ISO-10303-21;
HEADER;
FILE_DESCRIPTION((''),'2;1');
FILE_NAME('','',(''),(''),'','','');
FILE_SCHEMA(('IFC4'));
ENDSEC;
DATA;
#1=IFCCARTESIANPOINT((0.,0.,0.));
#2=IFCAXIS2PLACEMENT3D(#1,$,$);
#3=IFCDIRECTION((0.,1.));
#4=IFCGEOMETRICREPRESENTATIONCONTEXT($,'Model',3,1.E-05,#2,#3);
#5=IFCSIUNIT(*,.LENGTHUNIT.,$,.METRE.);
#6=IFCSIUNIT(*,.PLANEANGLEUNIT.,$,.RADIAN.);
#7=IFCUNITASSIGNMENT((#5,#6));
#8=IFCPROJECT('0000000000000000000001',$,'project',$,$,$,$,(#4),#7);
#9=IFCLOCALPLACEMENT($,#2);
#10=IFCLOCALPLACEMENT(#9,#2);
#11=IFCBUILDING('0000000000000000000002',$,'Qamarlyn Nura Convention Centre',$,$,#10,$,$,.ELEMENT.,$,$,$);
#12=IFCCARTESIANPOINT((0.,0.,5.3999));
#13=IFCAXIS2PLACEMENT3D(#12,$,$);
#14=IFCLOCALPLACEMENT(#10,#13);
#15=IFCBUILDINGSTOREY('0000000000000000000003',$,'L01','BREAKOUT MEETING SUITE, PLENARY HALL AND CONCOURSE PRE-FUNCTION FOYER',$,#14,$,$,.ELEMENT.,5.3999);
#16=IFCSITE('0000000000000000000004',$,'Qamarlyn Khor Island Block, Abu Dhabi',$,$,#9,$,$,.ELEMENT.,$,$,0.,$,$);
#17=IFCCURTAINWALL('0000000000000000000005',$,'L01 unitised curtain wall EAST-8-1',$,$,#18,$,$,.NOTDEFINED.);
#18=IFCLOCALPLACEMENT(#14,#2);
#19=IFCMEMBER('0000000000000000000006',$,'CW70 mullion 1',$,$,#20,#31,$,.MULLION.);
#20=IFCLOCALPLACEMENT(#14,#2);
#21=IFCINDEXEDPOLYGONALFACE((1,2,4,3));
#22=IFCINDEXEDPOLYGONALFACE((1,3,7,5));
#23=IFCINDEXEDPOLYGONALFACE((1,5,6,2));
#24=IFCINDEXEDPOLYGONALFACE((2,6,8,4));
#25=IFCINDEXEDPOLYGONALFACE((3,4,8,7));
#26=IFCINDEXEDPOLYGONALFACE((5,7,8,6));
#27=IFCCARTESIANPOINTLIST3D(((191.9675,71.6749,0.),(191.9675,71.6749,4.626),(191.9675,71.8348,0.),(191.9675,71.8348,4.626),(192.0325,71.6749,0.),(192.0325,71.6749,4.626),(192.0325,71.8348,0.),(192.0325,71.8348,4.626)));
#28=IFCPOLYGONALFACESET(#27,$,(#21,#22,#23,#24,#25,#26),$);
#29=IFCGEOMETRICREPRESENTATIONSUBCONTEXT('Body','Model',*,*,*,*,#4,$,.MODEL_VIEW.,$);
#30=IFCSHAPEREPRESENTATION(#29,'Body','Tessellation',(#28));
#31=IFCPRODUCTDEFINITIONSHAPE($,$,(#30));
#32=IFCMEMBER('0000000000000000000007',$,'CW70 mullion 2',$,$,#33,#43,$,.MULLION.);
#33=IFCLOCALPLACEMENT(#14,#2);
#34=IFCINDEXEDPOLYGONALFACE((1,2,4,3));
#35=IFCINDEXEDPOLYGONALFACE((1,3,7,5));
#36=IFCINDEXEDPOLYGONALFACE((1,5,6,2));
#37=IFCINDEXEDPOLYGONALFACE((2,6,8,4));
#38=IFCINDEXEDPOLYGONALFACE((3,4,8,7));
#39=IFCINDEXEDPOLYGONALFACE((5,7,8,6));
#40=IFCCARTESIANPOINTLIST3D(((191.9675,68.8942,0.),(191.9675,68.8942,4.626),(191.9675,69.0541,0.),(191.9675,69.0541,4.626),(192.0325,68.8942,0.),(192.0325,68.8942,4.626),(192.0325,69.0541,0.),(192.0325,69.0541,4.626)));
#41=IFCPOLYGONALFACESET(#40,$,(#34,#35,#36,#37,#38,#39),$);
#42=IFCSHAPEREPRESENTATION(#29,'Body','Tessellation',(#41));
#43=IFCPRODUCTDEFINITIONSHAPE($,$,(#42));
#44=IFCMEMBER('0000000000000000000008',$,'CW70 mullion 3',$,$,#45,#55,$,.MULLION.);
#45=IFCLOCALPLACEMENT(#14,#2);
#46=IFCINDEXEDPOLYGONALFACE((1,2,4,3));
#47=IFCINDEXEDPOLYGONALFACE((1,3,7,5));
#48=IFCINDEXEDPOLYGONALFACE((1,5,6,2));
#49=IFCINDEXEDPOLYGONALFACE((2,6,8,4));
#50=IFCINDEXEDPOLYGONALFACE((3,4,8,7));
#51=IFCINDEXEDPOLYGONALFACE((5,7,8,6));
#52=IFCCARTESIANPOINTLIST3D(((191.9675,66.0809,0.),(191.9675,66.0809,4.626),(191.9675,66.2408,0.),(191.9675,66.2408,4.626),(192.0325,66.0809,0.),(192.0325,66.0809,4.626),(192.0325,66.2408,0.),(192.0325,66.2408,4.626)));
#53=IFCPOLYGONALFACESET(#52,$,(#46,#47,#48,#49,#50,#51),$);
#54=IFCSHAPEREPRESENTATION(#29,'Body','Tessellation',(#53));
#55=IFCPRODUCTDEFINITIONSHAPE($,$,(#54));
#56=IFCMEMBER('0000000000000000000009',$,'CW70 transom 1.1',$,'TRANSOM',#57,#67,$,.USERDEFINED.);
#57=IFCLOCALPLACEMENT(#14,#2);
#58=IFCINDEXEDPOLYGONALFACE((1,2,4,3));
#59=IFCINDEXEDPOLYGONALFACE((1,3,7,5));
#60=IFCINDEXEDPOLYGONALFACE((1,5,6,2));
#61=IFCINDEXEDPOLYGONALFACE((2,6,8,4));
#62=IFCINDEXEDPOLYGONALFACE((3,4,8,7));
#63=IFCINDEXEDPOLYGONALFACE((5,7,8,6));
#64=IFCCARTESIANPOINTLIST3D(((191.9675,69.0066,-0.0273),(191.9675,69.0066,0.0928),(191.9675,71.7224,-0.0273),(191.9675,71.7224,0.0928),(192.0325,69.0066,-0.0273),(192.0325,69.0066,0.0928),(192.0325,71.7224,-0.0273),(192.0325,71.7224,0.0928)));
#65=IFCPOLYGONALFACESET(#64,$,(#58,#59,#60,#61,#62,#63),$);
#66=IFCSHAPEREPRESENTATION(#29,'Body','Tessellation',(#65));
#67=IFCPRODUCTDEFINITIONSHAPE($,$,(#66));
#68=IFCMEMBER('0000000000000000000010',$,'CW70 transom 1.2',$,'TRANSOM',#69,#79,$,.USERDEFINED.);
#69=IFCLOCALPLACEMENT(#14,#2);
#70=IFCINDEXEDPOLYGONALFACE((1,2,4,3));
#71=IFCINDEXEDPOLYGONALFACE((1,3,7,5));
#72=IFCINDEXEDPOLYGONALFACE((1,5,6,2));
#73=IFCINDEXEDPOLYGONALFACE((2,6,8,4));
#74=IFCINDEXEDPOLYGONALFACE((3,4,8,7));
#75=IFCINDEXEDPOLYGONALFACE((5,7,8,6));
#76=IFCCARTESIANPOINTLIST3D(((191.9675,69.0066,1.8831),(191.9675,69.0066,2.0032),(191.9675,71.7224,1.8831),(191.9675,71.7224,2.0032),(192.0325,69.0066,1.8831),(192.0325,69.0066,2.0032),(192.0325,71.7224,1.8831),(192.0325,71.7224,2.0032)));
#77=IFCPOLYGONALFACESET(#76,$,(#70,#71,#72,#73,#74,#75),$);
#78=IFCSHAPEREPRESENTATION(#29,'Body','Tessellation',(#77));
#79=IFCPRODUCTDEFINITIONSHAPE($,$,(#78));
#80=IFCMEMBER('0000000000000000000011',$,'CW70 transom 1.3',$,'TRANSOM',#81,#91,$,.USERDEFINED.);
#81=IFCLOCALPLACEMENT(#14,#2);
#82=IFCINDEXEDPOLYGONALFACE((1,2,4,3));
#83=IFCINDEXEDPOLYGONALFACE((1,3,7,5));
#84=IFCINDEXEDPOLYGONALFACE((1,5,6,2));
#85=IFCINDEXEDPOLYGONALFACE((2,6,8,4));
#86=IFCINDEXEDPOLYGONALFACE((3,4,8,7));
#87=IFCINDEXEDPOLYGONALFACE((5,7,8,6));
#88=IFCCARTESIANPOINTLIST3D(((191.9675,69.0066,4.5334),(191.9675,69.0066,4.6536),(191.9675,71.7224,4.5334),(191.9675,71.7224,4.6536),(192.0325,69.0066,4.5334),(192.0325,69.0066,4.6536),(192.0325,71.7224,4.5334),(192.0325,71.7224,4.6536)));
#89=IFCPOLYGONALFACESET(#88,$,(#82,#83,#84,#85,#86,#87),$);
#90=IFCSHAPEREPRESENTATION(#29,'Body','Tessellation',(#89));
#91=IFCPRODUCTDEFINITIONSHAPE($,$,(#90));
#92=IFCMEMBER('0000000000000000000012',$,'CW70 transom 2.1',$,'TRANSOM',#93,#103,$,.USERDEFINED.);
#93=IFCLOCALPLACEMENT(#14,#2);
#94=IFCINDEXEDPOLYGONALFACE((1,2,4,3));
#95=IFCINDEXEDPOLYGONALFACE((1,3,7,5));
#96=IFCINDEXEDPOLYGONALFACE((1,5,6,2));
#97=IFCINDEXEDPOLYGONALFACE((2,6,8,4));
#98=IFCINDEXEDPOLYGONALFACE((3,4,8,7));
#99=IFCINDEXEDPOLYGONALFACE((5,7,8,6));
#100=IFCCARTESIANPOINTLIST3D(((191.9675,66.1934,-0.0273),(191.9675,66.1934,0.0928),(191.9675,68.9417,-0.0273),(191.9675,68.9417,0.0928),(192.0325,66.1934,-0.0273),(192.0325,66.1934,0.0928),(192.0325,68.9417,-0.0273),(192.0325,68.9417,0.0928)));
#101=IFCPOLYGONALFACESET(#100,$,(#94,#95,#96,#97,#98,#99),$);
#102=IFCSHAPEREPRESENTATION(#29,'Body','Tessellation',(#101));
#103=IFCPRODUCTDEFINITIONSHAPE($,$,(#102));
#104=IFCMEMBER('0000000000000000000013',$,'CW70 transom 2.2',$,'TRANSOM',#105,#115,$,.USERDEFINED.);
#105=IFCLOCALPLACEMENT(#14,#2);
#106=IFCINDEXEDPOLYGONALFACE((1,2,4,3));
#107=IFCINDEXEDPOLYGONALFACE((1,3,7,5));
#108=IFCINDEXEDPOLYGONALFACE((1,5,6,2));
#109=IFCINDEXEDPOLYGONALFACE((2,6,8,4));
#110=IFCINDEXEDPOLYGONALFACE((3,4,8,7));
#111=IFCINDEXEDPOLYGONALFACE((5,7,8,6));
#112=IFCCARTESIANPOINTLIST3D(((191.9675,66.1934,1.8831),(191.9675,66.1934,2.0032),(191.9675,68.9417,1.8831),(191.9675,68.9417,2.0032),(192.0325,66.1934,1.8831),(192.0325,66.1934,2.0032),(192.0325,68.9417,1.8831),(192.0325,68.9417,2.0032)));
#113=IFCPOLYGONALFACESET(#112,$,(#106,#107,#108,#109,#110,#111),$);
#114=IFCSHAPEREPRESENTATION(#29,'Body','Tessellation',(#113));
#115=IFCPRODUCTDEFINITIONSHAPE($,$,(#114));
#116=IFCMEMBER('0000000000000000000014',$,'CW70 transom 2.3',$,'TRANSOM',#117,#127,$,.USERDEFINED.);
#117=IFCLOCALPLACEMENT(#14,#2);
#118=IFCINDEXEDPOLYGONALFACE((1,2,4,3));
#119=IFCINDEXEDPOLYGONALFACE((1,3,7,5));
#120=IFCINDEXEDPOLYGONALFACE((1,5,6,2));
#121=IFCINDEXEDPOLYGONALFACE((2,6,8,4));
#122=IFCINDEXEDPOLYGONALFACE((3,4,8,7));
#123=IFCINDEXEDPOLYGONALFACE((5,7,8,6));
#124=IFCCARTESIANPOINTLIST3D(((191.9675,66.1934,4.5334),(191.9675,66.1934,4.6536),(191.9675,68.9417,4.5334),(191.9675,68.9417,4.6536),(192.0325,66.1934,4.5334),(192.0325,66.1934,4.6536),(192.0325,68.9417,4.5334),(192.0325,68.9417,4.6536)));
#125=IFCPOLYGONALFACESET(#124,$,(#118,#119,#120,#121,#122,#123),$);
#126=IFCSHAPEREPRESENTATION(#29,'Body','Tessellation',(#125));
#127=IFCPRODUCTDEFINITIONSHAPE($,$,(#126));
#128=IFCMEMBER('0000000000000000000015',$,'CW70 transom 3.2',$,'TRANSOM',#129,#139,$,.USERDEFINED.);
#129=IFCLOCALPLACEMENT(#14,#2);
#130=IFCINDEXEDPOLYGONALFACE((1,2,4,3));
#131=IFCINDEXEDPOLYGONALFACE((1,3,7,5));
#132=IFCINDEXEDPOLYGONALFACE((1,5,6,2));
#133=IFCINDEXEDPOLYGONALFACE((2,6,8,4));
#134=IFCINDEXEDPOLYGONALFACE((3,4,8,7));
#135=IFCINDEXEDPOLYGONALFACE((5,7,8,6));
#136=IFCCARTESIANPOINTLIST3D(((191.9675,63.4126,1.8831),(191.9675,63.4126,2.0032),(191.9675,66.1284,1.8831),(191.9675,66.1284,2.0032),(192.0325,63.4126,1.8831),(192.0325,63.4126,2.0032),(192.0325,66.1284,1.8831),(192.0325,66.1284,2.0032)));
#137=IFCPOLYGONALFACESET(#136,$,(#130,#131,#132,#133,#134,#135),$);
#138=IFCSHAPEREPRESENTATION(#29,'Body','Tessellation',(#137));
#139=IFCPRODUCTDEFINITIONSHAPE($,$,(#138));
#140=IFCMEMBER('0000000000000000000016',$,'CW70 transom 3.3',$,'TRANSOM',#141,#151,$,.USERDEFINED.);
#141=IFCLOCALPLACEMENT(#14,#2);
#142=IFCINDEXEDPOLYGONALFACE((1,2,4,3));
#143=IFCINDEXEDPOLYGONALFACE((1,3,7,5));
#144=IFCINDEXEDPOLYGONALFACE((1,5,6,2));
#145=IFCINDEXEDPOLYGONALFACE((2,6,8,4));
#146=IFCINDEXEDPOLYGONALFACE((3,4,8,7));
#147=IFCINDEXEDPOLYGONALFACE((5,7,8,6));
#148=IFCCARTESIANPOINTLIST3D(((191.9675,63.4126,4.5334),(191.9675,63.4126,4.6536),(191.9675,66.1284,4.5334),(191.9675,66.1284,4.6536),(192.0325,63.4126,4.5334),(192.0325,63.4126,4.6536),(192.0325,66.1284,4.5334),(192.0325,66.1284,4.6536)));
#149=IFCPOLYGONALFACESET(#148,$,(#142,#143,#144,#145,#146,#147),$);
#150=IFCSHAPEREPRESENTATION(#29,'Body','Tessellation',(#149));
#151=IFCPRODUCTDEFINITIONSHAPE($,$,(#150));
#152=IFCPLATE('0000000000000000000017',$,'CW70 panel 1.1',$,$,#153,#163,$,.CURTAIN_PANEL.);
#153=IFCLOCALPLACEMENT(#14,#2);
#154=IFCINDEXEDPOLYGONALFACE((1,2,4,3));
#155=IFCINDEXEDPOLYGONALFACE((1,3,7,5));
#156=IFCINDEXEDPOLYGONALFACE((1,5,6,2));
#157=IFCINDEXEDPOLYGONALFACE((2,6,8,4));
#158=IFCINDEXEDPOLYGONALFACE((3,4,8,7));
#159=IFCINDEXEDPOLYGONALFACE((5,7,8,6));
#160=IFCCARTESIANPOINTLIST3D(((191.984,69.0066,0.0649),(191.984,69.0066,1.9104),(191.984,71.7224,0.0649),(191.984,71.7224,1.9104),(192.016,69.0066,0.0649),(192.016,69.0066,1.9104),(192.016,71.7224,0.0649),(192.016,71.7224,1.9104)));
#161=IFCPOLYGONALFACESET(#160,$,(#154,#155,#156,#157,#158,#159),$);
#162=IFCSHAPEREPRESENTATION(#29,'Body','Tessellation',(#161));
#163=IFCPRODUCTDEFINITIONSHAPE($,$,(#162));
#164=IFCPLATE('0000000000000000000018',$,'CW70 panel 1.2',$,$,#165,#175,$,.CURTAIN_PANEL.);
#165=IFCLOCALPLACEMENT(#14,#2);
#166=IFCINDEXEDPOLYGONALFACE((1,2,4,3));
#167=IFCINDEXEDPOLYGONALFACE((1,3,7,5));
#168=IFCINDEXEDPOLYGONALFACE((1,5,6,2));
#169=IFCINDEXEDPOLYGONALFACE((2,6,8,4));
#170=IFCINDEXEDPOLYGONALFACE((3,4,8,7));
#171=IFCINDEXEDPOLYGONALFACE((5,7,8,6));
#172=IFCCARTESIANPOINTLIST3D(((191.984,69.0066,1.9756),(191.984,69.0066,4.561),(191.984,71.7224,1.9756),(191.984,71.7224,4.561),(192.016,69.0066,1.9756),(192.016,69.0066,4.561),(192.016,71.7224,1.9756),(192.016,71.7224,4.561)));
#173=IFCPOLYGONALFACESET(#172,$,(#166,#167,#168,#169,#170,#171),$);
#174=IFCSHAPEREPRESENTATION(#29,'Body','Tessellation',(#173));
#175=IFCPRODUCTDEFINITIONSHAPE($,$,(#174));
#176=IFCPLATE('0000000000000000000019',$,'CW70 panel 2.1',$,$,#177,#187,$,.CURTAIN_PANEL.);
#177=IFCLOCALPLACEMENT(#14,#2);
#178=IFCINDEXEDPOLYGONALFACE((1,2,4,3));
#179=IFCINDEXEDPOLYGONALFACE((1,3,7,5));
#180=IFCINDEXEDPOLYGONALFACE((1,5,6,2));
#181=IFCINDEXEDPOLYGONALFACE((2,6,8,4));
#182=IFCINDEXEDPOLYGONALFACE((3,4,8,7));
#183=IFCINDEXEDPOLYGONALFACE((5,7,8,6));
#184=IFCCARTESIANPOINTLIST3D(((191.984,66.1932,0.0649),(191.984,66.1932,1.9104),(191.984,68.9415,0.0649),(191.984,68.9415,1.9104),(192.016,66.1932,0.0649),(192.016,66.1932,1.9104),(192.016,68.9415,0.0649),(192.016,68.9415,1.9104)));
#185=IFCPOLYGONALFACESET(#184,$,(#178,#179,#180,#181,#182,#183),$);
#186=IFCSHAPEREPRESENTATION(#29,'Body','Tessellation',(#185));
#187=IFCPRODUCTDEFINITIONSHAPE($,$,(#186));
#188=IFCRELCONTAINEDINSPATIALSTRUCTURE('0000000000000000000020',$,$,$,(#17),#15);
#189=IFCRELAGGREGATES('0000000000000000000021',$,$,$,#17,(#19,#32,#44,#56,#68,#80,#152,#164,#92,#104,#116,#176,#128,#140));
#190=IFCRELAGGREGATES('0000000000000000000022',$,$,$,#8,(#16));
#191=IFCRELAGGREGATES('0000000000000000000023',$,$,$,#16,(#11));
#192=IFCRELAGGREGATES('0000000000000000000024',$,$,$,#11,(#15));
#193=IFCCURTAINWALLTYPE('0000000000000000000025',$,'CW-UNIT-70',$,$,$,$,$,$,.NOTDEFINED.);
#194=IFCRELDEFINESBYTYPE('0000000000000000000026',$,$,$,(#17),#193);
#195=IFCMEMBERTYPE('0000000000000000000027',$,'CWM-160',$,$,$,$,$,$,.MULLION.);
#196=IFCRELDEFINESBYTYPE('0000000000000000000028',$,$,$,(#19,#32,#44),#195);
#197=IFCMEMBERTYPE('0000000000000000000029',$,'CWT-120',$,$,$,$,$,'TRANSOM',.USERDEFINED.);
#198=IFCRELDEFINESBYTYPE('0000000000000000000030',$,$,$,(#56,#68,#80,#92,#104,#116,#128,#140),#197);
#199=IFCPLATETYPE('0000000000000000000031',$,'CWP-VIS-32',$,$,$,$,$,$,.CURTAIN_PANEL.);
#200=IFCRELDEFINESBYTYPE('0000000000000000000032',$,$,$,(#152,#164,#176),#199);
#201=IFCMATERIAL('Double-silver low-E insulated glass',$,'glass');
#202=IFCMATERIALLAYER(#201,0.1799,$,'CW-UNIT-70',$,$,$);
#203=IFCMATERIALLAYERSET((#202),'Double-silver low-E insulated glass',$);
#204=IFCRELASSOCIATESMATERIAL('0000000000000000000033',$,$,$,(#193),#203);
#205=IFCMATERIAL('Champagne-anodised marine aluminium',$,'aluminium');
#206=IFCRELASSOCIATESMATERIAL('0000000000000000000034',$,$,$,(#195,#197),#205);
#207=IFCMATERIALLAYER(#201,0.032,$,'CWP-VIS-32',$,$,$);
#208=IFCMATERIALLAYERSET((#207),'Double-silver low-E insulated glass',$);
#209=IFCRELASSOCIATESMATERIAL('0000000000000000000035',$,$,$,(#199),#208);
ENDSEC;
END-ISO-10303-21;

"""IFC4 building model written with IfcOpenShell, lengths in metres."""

from ifc_helpers import new_model, si_unit, direction, frame, origin, origin_2d, place, context, subcontext, project, spatial, rectangle, extrude, material, layer, layer_set, material_profile, profile_set, type_object, element, aggregate, save


model = new_model("IFC4")

# Units and contexts
model_context = context("Model", 3, precision=1e-05, world=origin(), true_north=direction((0.0, 1.0)))
body_context = subcontext(model_context, "Body", "Model", "MODEL_VIEW")
ifc_project = project(units=[si_unit("LENGTHUNIT", "METRE"), si_unit("PLANEANGLEUNIT", "RADIAN")], contexts=[model_context])

# Site, building, storey
site_placement = place(None, origin())
site = spatial("IfcSite", under=ifc_project, at=site_placement, Name="Qamarlyn Khor Island Block, Abu Dhabi", CompositionType="ELEMENT", RefElevation=0.0)
building_placement = place(site_placement, origin())
building = spatial("IfcBuilding", under=site, at=building_placement, Name="Qamarlyn Nura Convention Centre", CompositionType="ELEMENT")
storey_placement = place(building_placement, frame((0.0, 0.0, 5.3999)))
storey = spatial("IfcBuildingStorey", under=building, at=storey_placement, Name="L01", Description="BREAKOUT MEETING SUITE, PLENARY HALL AND CONCOURSE PRE-FUNCTION FOYER", CompositionType="ELEMENT", Elevation=5.3999)

# Curtain wall, members, plates
ifc_material_1 = material(Name="Double-silver low-E insulated glass", Category="glass")
ifc_layer_1 = layer(ifc_material_1, 0.1799, Name="CW-UNIT-70")
ifc_layer_set_1 = layer_set([ifc_layer_1], Name="Double-silver low-E insulated glass")
curtain_wall_type = type_object("IfcCurtainWallType", Name="CW-UNIT-70", PredefinedType="NOTDEFINED", material=ifc_layer_set_1)
curtain_wall_placement = place(storey_placement, origin())
curtain_wall = element("IfcCurtainWall", 1, at=curtain_wall_placement, inside=storey, type_object=curtain_wall_type, Name="L01 unitised curtain wall EAST-8-1", PredefinedType="NOTDEFINED")
ifc_material_2 = material(Name="Champagne-anodised marine aluminium", Category="aluminium")
ifc_material_profile_1 = material_profile(ifc_material_2, rectangle(XDim=0.0649, YDim=0.1599, at=origin_2d()), Name="ALU MULLION 65x160")
ifc_profile_set_1 = profile_set([ifc_material_profile_1], Name="Champagne-anodised marine aluminium")
member_type_1 = type_object("IfcMemberType", Name="CWM-160", PredefinedType="MULLION", material=ifc_profile_set_1)
member_1_placement = place(storey_placement, frame((192.0, 71.7549, 0.0), z_axis=(0.0, 0.0, 1.0), x_axis=(1.0, 0.0, 0.0)))
member_1 = element("IfcMember", 2, at=member_1_placement, type_object=member_type_1, Name="CW70 mullion 1", PredefinedType="MULLION", context=body_context, shape_type="SweptSolid", body=[
    extrude(rectangle(XDim=0.0649, YDim=0.1599, at=origin_2d()), origin(), (0.0, 0.0, 1.0), 4.626),
])
member_2_placement = place(storey_placement, frame((192.0, 68.9741, 0.0), z_axis=(0.0, 0.0, 1.0), x_axis=(1.0, 0.0, 0.0)))
member_2 = element("IfcMember", 3, at=member_2_placement, type_object=member_type_1, Name="CW70 mullion 2", PredefinedType="MULLION", context=body_context, shape_type="SweptSolid", body=[
    extrude(rectangle(XDim=0.0649, YDim=0.1599, at=origin_2d()), origin(), (0.0, 0.0, 1.0), 4.626),
])
member_3_placement = place(storey_placement, frame((192.0, 66.1609, 0.0), z_axis=(0.0, 0.0, 1.0), x_axis=(1.0, 0.0, 0.0)))
member_3 = element("IfcMember", 4, at=member_3_placement, type_object=member_type_1, Name="CW70 mullion 3", PredefinedType="MULLION", context=body_context, shape_type="SweptSolid", body=[
    extrude(rectangle(XDim=0.0649, YDim=0.1599, at=origin_2d()), origin(), (0.0, 0.0, 1.0), 4.626),
])
ifc_material_profile_2 = material_profile(ifc_material_2, rectangle(XDim=0.0649, YDim=0.1201, at=origin_2d()), Name="ALU TRANSOM 65x120")
ifc_profile_set_2 = profile_set([ifc_material_profile_2], Name="Champagne-anodised marine aluminium")
member_type_2 = type_object("IfcMemberType", Name="CWT-120", ElementType="TRANSOM", PredefinedType="USERDEFINED", material=ifc_profile_set_2)
member_4_placement = place(storey_placement, frame((192.0, 71.7224, 0.0327), z_axis=(0.0, -1.0, 0.0), x_axis=(1.0, 0.0, 0.0)))
member_4 = element("IfcMember", 5, at=member_4_placement, type_object=member_type_2, Name="CW70 transom 1.1", ObjectType="TRANSOM", PredefinedType="USERDEFINED", context=body_context, shape_type="SweptSolid", body=[
    extrude(rectangle(XDim=0.0649, YDim=0.1201, at=origin_2d()), origin(), (0.0, 0.0, 1.0), 2.7158),
])
member_5_placement = place(storey_placement, frame((192.0, 71.7224, 1.9431), z_axis=(0.0, -1.0, 0.0), x_axis=(1.0, 0.0, 0.0)))
member_5 = element("IfcMember", 6, at=member_5_placement, type_object=member_type_2, Name="CW70 transom 1.2", ObjectType="TRANSOM", PredefinedType="USERDEFINED", context=body_context, shape_type="SweptSolid", body=[
    extrude(rectangle(XDim=0.0649, YDim=0.1201, at=origin_2d()), origin(), (0.0, 0.0, 1.0), 2.7158),
])
member_6_placement = place(storey_placement, frame((192.0, 71.7224, 4.5935), z_axis=(0.0, -1.0, 0.0), x_axis=(1.0, 0.0, 0.0)))
member_6 = element("IfcMember", 7, at=member_6_placement, type_object=member_type_2, Name="CW70 transom 1.3", ObjectType="TRANSOM", PredefinedType="USERDEFINED", context=body_context, shape_type="SweptSolid", body=[
    extrude(rectangle(XDim=0.0649, YDim=0.1201, at=origin_2d()), origin(), (0.0, 0.0, 1.0), 2.7158),
])
member_7_placement = place(storey_placement, frame((192.0, 68.9417, 0.0327), z_axis=(0.0, -1.0, 0.0), x_axis=(1.0, 0.0, 0.0)))
member_7 = element("IfcMember", 8, at=member_7_placement, type_object=member_type_2, Name="CW70 transom 2.1", ObjectType="TRANSOM", PredefinedType="USERDEFINED", context=body_context, shape_type="SweptSolid", body=[
    extrude(rectangle(XDim=0.0649, YDim=0.1201, at=origin_2d()), origin(), (0.0, 0.0, 1.0), 2.7483),
])
member_8_placement = place(storey_placement, frame((192.0, 68.9417, 1.9431), z_axis=(0.0, -1.0, 0.0), x_axis=(1.0, 0.0, 0.0)))
member_8 = element("IfcMember", 9, at=member_8_placement, type_object=member_type_2, Name="CW70 transom 2.2", ObjectType="TRANSOM", PredefinedType="USERDEFINED", context=body_context, shape_type="SweptSolid", body=[
    extrude(rectangle(XDim=0.0649, YDim=0.1201, at=origin_2d()), origin(), (0.0, 0.0, 1.0), 2.7483),
])
member_9_placement = place(storey_placement, frame((192.0, 68.9417, 4.5935), z_axis=(0.0, -1.0, 0.0), x_axis=(1.0, 0.0, 0.0)))
member_9 = element("IfcMember", 10, at=member_9_placement, type_object=member_type_2, Name="CW70 transom 2.3", ObjectType="TRANSOM", PredefinedType="USERDEFINED", context=body_context, shape_type="SweptSolid", body=[
    extrude(rectangle(XDim=0.0649, YDim=0.1201, at=origin_2d()), origin(), (0.0, 0.0, 1.0), 2.7483),
])
member_10_placement = place(storey_placement, frame((192.0, 66.1284, 1.9431), z_axis=(0.0, -1.0, 0.0), x_axis=(1.0, 0.0, 0.0)))
member_10 = element("IfcMember", 11, at=member_10_placement, type_object=member_type_2, Name="CW70 transom 3.2", ObjectType="TRANSOM", PredefinedType="USERDEFINED", context=body_context, shape_type="SweptSolid", body=[
    extrude(rectangle(XDim=0.0649, YDim=0.1201, at=origin_2d()), origin(), (0.0, 0.0, 1.0), 2.7158),
])
member_11_placement = place(storey_placement, frame((192.0, 66.1284, 4.5935), z_axis=(0.0, -1.0, 0.0), x_axis=(1.0, 0.0, 0.0)))
member_11 = element("IfcMember", 12, at=member_11_placement, type_object=member_type_2, Name="CW70 transom 3.3", ObjectType="TRANSOM", PredefinedType="USERDEFINED", context=body_context, shape_type="SweptSolid", body=[
    extrude(rectangle(XDim=0.0649, YDim=0.1201, at=origin_2d()), origin(), (0.0, 0.0, 1.0), 2.7158),
])
ifc_layer_2 = layer(ifc_material_1, 0.032, Name="CWP-VIS-32")
ifc_layer_set_2 = layer_set([ifc_layer_2], Name="Double-silver low-E insulated glass")
plate_type = type_object("IfcPlateType", Name="CWP-VIS-32", PredefinedType="CURTAIN_PANEL", material=ifc_layer_set_2)
plate_1_placement = place(storey_placement, frame((192.0, 70.3645, 0.0649), z_axis=(0.0, 0.0, 1.0), x_axis=(0.0, -1.0, 0.0)))
plate_1 = element("IfcPlate", 13, at=plate_1_placement, type_object=plate_type, Name="CW70 panel 1.1", PredefinedType="CURTAIN_PANEL", context=body_context, shape_type="SweptSolid", body=[
    extrude(rectangle(XDim=2.7158, YDim=0.032, at=origin_2d()), origin(), (0.0, 0.0, 1.0), 1.8455),
])
plate_2_placement = place(storey_placement, frame((192.0, 70.3645, 1.9756), z_axis=(0.0, 0.0, 1.0), x_axis=(0.0, -1.0, 0.0)))
plate_2 = element("IfcPlate", 14, at=plate_2_placement, type_object=plate_type, Name="CW70 panel 1.2", PredefinedType="CURTAIN_PANEL", context=body_context, shape_type="SweptSolid", body=[
    extrude(rectangle(XDim=2.7158, YDim=0.032, at=origin_2d()), origin(), (0.0, 0.0, 1.0), 2.5854),
])
plate_3_placement = place(storey_placement, frame((192.0, 67.5674, 0.0649), z_axis=(0.0, 0.0, 1.0), x_axis=(0.0, -1.0, 0.0)))
plate_3 = element("IfcPlate", 15, at=plate_3_placement, type_object=plate_type, Name="CW70 panel 2.1", PredefinedType="CURTAIN_PANEL", context=body_context, shape_type="SweptSolid", body=[
    extrude(rectangle(XDim=2.7483, YDim=0.032, at=origin_2d()), origin(), (0.0, 0.0, 1.0), 1.8455),
])
aggregate(curtain_wall, [member_1, member_2, member_3, member_4, member_5, member_6, plate_1, plate_2, member_7, member_8, member_9, plate_3, member_10, member_11])

save(model, "model.ifc")
